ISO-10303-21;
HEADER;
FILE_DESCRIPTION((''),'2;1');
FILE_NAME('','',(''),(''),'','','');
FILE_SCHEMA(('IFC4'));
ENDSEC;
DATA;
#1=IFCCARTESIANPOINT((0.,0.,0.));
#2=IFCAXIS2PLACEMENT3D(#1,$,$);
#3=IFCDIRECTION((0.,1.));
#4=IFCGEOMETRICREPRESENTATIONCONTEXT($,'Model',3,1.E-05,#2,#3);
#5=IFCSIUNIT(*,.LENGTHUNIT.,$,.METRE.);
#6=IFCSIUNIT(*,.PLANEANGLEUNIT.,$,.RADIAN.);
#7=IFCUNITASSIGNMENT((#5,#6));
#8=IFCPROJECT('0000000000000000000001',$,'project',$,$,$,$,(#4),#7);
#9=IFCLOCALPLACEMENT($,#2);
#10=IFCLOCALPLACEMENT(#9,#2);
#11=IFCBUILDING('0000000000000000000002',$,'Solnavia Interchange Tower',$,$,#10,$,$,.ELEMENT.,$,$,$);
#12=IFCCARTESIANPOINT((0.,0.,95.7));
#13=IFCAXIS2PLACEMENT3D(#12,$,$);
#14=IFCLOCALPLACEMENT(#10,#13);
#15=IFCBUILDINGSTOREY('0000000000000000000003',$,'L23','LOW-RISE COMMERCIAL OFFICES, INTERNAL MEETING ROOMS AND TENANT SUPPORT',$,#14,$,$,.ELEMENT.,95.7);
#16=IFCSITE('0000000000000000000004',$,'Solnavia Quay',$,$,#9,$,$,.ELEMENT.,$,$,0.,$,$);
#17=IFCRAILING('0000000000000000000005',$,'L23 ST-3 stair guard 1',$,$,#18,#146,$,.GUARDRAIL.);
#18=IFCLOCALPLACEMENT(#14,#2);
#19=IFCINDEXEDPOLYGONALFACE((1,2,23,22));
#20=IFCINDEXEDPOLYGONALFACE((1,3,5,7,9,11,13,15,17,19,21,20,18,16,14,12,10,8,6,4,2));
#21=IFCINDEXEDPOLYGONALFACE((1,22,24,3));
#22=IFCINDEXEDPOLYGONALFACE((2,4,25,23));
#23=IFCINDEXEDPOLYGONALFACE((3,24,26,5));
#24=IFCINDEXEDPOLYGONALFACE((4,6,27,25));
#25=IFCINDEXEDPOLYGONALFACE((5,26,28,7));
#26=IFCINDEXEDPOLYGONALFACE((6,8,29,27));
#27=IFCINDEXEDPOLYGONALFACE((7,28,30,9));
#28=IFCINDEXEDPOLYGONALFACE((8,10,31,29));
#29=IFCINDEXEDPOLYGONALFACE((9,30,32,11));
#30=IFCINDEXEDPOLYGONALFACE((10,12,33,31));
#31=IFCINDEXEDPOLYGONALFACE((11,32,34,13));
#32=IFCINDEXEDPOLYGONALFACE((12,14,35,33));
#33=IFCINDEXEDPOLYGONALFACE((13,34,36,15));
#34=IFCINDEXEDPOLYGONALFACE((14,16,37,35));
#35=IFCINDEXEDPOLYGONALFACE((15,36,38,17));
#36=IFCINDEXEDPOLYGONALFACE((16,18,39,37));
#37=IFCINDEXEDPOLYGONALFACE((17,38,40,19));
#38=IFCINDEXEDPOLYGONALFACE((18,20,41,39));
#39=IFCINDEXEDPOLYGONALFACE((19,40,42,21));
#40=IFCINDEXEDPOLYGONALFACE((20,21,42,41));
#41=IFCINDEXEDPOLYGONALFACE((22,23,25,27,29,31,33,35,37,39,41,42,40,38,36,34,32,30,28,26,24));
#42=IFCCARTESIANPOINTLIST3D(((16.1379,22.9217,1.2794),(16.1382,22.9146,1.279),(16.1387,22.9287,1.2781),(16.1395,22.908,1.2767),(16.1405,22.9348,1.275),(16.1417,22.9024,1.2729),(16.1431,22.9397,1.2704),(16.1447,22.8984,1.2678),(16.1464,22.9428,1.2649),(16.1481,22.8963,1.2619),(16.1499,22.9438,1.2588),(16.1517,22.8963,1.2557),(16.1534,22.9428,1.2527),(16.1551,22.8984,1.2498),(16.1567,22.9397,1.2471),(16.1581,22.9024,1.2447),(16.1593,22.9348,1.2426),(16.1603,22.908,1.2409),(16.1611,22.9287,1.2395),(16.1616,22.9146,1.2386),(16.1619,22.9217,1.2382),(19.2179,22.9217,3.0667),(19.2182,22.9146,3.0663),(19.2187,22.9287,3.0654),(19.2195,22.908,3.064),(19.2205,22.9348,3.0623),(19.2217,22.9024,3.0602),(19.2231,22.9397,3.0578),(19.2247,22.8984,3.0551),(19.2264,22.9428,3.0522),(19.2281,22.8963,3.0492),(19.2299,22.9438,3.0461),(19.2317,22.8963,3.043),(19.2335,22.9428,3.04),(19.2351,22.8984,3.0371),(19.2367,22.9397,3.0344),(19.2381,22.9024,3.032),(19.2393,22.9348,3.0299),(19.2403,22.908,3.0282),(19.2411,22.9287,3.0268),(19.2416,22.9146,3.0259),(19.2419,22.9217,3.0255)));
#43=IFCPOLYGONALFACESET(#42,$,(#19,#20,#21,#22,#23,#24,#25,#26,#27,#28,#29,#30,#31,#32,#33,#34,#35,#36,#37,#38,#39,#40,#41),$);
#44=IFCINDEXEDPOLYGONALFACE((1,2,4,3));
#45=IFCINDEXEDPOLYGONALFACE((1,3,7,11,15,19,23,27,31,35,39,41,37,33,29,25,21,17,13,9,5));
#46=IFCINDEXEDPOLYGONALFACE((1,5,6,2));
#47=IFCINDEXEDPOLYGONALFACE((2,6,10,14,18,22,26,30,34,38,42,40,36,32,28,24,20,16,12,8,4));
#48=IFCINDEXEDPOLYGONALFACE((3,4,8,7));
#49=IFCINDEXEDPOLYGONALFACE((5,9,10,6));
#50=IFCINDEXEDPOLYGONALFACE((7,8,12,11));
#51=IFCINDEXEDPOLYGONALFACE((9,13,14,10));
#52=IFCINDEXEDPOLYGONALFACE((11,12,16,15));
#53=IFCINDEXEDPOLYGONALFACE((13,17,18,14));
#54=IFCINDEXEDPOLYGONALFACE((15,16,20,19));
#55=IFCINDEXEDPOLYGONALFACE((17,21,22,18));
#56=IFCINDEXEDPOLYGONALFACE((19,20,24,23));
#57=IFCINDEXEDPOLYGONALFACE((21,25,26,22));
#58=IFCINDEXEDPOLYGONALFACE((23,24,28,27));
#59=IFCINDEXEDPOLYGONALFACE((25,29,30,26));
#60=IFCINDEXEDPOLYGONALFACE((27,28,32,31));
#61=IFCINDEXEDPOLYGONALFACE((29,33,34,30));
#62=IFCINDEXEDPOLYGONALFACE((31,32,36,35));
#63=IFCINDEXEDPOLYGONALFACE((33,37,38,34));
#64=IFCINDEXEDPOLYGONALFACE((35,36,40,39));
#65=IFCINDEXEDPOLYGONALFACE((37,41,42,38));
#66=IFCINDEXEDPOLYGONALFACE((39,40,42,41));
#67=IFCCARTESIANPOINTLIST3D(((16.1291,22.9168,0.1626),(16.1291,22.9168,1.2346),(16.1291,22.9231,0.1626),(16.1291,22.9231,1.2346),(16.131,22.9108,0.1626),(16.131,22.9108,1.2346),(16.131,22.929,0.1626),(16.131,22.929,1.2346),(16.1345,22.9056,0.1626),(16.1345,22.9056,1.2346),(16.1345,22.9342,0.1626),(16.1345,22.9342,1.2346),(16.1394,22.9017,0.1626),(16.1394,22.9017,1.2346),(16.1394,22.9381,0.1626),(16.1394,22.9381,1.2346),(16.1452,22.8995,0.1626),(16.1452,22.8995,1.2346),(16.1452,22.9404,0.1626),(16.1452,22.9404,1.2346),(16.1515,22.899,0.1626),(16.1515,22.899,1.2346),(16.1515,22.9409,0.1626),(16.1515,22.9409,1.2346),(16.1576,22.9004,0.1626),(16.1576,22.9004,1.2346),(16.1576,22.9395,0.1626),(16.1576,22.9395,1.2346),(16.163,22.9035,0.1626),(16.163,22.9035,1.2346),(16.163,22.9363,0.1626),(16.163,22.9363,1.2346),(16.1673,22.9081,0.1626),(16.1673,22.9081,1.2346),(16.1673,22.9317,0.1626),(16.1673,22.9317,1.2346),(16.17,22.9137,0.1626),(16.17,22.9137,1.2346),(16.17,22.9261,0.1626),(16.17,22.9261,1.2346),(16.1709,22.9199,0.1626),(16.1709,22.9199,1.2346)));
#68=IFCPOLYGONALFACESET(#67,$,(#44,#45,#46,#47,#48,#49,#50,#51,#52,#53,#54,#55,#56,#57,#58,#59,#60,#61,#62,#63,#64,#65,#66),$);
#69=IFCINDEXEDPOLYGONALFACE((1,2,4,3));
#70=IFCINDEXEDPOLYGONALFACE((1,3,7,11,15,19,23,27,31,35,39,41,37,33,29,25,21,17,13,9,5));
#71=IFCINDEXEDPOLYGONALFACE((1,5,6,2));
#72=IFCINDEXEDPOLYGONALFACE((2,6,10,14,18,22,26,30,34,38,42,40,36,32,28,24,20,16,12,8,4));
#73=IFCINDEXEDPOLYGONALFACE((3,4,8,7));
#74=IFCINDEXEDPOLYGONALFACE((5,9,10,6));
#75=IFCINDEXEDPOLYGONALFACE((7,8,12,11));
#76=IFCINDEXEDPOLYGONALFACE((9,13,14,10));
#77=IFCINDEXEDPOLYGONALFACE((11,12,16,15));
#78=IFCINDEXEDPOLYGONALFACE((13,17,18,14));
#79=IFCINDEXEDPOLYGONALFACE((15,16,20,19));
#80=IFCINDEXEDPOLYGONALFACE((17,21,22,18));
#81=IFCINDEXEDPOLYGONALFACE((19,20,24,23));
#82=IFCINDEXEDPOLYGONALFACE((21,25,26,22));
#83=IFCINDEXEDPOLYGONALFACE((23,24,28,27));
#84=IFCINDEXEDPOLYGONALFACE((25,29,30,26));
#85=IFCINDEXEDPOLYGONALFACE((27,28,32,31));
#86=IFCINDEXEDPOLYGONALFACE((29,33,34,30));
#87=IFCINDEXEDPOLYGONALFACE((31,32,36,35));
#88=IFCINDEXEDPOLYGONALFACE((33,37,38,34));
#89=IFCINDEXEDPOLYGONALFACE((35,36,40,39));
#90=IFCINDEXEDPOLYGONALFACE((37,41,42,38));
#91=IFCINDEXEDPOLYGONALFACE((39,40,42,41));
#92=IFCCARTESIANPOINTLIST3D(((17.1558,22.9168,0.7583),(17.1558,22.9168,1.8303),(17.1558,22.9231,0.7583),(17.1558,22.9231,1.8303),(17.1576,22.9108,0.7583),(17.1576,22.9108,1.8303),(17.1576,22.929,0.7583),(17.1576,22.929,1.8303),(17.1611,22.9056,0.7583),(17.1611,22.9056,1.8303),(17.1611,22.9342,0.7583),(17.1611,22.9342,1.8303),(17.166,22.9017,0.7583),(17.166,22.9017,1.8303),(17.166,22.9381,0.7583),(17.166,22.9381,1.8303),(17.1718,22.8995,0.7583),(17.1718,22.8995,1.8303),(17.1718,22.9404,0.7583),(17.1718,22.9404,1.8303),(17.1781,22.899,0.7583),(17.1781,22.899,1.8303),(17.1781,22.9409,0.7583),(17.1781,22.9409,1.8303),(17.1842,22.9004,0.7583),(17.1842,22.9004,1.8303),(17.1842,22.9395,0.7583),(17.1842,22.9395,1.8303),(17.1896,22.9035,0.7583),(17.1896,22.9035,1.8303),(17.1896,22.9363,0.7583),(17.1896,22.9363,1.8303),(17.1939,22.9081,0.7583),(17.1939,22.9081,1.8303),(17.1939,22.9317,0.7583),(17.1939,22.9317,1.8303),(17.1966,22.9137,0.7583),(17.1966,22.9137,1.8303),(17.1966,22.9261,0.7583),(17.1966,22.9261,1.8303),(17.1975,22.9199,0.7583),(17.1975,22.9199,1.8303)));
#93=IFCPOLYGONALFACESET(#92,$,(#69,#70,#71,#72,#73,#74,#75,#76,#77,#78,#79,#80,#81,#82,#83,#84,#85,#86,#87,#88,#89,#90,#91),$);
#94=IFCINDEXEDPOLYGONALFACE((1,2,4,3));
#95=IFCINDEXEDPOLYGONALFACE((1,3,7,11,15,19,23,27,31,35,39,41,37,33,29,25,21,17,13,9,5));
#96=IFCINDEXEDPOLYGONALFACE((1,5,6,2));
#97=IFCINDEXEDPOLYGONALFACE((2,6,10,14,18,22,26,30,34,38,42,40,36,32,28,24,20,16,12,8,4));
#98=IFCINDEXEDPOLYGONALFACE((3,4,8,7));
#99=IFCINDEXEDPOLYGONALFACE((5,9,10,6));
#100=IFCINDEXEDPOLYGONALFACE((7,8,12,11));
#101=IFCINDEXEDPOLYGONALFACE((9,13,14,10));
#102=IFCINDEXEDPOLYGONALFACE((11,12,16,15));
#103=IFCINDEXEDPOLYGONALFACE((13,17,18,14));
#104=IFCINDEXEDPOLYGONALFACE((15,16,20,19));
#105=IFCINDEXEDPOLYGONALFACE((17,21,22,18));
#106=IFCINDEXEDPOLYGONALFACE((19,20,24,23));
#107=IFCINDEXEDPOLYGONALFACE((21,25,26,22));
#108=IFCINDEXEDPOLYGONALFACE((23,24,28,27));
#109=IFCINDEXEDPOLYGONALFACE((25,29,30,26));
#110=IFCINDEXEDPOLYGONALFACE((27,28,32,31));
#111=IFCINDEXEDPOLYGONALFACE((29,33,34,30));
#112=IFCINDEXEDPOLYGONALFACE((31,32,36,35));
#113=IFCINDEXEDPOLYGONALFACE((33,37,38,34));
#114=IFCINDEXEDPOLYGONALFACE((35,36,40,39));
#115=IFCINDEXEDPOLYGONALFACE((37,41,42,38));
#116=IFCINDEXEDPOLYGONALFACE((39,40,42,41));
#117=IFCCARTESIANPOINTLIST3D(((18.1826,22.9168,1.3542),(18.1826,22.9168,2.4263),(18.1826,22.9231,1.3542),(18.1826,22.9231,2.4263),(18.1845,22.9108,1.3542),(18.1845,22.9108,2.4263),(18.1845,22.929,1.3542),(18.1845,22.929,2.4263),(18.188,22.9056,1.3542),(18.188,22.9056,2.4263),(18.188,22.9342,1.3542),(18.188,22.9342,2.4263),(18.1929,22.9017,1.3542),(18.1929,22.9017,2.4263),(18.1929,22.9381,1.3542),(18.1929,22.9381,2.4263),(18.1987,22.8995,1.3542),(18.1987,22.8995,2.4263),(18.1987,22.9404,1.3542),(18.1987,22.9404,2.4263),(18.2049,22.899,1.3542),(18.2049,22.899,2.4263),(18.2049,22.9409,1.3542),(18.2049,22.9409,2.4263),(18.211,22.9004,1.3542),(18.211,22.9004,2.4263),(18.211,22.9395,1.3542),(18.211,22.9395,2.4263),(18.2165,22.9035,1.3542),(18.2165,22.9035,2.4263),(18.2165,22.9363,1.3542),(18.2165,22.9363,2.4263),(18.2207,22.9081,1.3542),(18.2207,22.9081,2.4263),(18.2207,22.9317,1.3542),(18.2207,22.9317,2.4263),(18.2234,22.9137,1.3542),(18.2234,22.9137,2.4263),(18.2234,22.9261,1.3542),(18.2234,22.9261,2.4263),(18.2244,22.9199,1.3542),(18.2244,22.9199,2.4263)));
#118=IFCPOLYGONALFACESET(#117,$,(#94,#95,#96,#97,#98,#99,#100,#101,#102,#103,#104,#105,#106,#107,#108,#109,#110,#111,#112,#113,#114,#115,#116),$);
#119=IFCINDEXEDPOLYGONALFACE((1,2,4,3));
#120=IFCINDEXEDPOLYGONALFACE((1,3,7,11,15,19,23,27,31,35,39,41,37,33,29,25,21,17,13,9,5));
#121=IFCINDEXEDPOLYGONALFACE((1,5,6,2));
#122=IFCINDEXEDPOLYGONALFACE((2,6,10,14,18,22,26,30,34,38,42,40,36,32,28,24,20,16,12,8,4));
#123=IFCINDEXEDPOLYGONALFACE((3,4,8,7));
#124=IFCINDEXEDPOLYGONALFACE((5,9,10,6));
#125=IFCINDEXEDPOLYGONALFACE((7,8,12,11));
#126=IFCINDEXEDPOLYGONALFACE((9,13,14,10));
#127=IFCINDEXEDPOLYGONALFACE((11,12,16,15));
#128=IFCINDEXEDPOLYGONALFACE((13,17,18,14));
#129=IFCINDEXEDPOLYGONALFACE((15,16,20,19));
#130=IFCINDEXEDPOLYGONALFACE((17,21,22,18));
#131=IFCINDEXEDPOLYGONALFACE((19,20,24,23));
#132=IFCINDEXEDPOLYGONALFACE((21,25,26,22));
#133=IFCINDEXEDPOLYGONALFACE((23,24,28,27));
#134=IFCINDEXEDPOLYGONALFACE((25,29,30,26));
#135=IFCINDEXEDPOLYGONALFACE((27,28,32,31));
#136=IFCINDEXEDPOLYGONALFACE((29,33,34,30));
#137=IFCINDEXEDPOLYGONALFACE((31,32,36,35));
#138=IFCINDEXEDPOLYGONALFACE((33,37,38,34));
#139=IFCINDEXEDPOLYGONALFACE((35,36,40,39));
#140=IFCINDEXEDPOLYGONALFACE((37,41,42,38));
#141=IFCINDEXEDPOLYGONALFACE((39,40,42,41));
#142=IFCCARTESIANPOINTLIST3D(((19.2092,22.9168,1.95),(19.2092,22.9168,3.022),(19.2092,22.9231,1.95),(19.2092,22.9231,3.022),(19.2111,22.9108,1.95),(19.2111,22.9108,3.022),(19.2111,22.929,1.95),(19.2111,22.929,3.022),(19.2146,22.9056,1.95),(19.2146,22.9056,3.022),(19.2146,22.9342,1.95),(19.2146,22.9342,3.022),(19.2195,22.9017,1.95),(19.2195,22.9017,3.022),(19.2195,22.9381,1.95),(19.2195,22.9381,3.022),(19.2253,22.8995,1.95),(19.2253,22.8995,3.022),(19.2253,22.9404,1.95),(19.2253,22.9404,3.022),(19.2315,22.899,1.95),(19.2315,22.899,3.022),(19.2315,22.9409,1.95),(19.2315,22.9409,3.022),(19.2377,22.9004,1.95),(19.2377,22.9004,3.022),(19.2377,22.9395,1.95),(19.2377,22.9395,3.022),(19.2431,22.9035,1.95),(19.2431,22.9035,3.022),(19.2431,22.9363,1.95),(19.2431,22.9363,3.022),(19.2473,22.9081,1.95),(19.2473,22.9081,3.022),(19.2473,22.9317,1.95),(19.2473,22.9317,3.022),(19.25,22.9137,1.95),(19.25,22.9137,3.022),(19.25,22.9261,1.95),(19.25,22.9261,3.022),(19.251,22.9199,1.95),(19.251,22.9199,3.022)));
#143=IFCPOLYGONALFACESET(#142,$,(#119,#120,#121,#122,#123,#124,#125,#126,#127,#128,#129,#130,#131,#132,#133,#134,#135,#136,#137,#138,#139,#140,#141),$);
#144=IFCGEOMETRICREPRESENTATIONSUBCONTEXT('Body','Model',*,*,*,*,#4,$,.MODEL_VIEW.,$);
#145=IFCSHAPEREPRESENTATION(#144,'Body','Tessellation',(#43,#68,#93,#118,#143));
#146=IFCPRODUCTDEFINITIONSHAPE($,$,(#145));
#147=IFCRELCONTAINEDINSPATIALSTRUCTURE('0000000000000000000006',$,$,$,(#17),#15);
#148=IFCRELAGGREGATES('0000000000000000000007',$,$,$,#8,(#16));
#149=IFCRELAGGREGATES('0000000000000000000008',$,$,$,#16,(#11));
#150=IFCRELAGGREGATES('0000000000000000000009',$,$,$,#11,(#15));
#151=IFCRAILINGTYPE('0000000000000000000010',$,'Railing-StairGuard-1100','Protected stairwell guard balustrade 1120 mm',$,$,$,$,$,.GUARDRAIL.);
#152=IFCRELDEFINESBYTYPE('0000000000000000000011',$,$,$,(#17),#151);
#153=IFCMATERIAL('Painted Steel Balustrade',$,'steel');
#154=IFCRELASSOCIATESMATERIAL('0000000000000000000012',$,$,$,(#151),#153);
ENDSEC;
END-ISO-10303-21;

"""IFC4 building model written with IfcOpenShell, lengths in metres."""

from ifc_helpers import new_model, si_unit, direction, frame, origin, origin_2d, place, context, subcontext, project, spatial, circle, extrude, material, type_object, element, save


model = new_model("IFC4")

# Units and contexts
model_context = context("Model", 3, precision=1e-05, world=origin(), true_north=direction((0.0, 1.0)))
body_context = subcontext(model_context, "Body", "Model", "MODEL_VIEW")
ifc_project = project(units=[si_unit("LENGTHUNIT", "METRE"), si_unit("PLANEANGLEUNIT", "RADIAN")], contexts=[model_context])

# Site, building, storey
site_placement = place(None, origin())
site = spatial("IfcSite", under=ifc_project, at=site_placement, Name="Solnavia Quay", CompositionType="ELEMENT", RefElevation=0.0)
building_placement = place(site_placement, origin())
building = spatial("IfcBuilding", under=site, at=building_placement, Name="Solnavia Interchange Tower", CompositionType="ELEMENT")
storey_placement = place(building_placement, frame((0.0, 0.0, 95.7)))
storey = spatial("IfcBuildingStorey", under=building, at=storey_placement, Name="L23", Description="LOW-RISE COMMERCIAL OFFICES, INTERNAL MEETING ROOMS AND TENANT SUPPORT", CompositionType="ELEMENT", Elevation=95.7)

# Railing
ifc_material_1 = material(Name="Painted Steel Balustrade", Category="steel")
railing_type_1 = type_object("IfcRailingType", Name="Railing-StairGuard-1100", Description="Protected stairwell guard balustrade 1120 mm", PredefinedType="GUARDRAIL", material=ifc_material_1)
railing_1_placement = place(storey_placement, frame((16.1499, 22.9199, 0.1626)))
element("IfcRailing", 1, at=railing_1_placement, inside=storey, type_object=railing_type_1, Name="L23 ST-3 stair guard 1", PredefinedType="GUARDRAIL", context=body_context, shape_type="SweptSolid", body=[
    extrude(circle(Radius=0.0239, at=origin_2d()), frame((0.0, 0.0, 1.0962), z_axis=(0.86492, 0.0, 0.501909), x_axis=(0.0, 1.0, 0.0)), (0.0, 0.0, 1.0), 3.561),
    extrude(circle(Radius=0.021, at=origin_2d()), origin(), (0.0, 0.0, 1.0), 1.072),
    extrude(circle(Radius=0.021, at=origin_2d()), frame((1.0266, 0.0, 0.5957)), (0.0, 0.0, 1.0), 1.072),
    extrude(circle(Radius=0.021, at=origin_2d()), frame((2.0535, 0.0, 1.1917)), (0.0, 0.0, 1.0), 1.072),
    extrude(circle(Radius=0.021, at=origin_2d()), frame((3.0801, 0.0, 1.7874)), (0.0, 0.0, 1.0), 1.072),
])

save(model, "model.ifc")
